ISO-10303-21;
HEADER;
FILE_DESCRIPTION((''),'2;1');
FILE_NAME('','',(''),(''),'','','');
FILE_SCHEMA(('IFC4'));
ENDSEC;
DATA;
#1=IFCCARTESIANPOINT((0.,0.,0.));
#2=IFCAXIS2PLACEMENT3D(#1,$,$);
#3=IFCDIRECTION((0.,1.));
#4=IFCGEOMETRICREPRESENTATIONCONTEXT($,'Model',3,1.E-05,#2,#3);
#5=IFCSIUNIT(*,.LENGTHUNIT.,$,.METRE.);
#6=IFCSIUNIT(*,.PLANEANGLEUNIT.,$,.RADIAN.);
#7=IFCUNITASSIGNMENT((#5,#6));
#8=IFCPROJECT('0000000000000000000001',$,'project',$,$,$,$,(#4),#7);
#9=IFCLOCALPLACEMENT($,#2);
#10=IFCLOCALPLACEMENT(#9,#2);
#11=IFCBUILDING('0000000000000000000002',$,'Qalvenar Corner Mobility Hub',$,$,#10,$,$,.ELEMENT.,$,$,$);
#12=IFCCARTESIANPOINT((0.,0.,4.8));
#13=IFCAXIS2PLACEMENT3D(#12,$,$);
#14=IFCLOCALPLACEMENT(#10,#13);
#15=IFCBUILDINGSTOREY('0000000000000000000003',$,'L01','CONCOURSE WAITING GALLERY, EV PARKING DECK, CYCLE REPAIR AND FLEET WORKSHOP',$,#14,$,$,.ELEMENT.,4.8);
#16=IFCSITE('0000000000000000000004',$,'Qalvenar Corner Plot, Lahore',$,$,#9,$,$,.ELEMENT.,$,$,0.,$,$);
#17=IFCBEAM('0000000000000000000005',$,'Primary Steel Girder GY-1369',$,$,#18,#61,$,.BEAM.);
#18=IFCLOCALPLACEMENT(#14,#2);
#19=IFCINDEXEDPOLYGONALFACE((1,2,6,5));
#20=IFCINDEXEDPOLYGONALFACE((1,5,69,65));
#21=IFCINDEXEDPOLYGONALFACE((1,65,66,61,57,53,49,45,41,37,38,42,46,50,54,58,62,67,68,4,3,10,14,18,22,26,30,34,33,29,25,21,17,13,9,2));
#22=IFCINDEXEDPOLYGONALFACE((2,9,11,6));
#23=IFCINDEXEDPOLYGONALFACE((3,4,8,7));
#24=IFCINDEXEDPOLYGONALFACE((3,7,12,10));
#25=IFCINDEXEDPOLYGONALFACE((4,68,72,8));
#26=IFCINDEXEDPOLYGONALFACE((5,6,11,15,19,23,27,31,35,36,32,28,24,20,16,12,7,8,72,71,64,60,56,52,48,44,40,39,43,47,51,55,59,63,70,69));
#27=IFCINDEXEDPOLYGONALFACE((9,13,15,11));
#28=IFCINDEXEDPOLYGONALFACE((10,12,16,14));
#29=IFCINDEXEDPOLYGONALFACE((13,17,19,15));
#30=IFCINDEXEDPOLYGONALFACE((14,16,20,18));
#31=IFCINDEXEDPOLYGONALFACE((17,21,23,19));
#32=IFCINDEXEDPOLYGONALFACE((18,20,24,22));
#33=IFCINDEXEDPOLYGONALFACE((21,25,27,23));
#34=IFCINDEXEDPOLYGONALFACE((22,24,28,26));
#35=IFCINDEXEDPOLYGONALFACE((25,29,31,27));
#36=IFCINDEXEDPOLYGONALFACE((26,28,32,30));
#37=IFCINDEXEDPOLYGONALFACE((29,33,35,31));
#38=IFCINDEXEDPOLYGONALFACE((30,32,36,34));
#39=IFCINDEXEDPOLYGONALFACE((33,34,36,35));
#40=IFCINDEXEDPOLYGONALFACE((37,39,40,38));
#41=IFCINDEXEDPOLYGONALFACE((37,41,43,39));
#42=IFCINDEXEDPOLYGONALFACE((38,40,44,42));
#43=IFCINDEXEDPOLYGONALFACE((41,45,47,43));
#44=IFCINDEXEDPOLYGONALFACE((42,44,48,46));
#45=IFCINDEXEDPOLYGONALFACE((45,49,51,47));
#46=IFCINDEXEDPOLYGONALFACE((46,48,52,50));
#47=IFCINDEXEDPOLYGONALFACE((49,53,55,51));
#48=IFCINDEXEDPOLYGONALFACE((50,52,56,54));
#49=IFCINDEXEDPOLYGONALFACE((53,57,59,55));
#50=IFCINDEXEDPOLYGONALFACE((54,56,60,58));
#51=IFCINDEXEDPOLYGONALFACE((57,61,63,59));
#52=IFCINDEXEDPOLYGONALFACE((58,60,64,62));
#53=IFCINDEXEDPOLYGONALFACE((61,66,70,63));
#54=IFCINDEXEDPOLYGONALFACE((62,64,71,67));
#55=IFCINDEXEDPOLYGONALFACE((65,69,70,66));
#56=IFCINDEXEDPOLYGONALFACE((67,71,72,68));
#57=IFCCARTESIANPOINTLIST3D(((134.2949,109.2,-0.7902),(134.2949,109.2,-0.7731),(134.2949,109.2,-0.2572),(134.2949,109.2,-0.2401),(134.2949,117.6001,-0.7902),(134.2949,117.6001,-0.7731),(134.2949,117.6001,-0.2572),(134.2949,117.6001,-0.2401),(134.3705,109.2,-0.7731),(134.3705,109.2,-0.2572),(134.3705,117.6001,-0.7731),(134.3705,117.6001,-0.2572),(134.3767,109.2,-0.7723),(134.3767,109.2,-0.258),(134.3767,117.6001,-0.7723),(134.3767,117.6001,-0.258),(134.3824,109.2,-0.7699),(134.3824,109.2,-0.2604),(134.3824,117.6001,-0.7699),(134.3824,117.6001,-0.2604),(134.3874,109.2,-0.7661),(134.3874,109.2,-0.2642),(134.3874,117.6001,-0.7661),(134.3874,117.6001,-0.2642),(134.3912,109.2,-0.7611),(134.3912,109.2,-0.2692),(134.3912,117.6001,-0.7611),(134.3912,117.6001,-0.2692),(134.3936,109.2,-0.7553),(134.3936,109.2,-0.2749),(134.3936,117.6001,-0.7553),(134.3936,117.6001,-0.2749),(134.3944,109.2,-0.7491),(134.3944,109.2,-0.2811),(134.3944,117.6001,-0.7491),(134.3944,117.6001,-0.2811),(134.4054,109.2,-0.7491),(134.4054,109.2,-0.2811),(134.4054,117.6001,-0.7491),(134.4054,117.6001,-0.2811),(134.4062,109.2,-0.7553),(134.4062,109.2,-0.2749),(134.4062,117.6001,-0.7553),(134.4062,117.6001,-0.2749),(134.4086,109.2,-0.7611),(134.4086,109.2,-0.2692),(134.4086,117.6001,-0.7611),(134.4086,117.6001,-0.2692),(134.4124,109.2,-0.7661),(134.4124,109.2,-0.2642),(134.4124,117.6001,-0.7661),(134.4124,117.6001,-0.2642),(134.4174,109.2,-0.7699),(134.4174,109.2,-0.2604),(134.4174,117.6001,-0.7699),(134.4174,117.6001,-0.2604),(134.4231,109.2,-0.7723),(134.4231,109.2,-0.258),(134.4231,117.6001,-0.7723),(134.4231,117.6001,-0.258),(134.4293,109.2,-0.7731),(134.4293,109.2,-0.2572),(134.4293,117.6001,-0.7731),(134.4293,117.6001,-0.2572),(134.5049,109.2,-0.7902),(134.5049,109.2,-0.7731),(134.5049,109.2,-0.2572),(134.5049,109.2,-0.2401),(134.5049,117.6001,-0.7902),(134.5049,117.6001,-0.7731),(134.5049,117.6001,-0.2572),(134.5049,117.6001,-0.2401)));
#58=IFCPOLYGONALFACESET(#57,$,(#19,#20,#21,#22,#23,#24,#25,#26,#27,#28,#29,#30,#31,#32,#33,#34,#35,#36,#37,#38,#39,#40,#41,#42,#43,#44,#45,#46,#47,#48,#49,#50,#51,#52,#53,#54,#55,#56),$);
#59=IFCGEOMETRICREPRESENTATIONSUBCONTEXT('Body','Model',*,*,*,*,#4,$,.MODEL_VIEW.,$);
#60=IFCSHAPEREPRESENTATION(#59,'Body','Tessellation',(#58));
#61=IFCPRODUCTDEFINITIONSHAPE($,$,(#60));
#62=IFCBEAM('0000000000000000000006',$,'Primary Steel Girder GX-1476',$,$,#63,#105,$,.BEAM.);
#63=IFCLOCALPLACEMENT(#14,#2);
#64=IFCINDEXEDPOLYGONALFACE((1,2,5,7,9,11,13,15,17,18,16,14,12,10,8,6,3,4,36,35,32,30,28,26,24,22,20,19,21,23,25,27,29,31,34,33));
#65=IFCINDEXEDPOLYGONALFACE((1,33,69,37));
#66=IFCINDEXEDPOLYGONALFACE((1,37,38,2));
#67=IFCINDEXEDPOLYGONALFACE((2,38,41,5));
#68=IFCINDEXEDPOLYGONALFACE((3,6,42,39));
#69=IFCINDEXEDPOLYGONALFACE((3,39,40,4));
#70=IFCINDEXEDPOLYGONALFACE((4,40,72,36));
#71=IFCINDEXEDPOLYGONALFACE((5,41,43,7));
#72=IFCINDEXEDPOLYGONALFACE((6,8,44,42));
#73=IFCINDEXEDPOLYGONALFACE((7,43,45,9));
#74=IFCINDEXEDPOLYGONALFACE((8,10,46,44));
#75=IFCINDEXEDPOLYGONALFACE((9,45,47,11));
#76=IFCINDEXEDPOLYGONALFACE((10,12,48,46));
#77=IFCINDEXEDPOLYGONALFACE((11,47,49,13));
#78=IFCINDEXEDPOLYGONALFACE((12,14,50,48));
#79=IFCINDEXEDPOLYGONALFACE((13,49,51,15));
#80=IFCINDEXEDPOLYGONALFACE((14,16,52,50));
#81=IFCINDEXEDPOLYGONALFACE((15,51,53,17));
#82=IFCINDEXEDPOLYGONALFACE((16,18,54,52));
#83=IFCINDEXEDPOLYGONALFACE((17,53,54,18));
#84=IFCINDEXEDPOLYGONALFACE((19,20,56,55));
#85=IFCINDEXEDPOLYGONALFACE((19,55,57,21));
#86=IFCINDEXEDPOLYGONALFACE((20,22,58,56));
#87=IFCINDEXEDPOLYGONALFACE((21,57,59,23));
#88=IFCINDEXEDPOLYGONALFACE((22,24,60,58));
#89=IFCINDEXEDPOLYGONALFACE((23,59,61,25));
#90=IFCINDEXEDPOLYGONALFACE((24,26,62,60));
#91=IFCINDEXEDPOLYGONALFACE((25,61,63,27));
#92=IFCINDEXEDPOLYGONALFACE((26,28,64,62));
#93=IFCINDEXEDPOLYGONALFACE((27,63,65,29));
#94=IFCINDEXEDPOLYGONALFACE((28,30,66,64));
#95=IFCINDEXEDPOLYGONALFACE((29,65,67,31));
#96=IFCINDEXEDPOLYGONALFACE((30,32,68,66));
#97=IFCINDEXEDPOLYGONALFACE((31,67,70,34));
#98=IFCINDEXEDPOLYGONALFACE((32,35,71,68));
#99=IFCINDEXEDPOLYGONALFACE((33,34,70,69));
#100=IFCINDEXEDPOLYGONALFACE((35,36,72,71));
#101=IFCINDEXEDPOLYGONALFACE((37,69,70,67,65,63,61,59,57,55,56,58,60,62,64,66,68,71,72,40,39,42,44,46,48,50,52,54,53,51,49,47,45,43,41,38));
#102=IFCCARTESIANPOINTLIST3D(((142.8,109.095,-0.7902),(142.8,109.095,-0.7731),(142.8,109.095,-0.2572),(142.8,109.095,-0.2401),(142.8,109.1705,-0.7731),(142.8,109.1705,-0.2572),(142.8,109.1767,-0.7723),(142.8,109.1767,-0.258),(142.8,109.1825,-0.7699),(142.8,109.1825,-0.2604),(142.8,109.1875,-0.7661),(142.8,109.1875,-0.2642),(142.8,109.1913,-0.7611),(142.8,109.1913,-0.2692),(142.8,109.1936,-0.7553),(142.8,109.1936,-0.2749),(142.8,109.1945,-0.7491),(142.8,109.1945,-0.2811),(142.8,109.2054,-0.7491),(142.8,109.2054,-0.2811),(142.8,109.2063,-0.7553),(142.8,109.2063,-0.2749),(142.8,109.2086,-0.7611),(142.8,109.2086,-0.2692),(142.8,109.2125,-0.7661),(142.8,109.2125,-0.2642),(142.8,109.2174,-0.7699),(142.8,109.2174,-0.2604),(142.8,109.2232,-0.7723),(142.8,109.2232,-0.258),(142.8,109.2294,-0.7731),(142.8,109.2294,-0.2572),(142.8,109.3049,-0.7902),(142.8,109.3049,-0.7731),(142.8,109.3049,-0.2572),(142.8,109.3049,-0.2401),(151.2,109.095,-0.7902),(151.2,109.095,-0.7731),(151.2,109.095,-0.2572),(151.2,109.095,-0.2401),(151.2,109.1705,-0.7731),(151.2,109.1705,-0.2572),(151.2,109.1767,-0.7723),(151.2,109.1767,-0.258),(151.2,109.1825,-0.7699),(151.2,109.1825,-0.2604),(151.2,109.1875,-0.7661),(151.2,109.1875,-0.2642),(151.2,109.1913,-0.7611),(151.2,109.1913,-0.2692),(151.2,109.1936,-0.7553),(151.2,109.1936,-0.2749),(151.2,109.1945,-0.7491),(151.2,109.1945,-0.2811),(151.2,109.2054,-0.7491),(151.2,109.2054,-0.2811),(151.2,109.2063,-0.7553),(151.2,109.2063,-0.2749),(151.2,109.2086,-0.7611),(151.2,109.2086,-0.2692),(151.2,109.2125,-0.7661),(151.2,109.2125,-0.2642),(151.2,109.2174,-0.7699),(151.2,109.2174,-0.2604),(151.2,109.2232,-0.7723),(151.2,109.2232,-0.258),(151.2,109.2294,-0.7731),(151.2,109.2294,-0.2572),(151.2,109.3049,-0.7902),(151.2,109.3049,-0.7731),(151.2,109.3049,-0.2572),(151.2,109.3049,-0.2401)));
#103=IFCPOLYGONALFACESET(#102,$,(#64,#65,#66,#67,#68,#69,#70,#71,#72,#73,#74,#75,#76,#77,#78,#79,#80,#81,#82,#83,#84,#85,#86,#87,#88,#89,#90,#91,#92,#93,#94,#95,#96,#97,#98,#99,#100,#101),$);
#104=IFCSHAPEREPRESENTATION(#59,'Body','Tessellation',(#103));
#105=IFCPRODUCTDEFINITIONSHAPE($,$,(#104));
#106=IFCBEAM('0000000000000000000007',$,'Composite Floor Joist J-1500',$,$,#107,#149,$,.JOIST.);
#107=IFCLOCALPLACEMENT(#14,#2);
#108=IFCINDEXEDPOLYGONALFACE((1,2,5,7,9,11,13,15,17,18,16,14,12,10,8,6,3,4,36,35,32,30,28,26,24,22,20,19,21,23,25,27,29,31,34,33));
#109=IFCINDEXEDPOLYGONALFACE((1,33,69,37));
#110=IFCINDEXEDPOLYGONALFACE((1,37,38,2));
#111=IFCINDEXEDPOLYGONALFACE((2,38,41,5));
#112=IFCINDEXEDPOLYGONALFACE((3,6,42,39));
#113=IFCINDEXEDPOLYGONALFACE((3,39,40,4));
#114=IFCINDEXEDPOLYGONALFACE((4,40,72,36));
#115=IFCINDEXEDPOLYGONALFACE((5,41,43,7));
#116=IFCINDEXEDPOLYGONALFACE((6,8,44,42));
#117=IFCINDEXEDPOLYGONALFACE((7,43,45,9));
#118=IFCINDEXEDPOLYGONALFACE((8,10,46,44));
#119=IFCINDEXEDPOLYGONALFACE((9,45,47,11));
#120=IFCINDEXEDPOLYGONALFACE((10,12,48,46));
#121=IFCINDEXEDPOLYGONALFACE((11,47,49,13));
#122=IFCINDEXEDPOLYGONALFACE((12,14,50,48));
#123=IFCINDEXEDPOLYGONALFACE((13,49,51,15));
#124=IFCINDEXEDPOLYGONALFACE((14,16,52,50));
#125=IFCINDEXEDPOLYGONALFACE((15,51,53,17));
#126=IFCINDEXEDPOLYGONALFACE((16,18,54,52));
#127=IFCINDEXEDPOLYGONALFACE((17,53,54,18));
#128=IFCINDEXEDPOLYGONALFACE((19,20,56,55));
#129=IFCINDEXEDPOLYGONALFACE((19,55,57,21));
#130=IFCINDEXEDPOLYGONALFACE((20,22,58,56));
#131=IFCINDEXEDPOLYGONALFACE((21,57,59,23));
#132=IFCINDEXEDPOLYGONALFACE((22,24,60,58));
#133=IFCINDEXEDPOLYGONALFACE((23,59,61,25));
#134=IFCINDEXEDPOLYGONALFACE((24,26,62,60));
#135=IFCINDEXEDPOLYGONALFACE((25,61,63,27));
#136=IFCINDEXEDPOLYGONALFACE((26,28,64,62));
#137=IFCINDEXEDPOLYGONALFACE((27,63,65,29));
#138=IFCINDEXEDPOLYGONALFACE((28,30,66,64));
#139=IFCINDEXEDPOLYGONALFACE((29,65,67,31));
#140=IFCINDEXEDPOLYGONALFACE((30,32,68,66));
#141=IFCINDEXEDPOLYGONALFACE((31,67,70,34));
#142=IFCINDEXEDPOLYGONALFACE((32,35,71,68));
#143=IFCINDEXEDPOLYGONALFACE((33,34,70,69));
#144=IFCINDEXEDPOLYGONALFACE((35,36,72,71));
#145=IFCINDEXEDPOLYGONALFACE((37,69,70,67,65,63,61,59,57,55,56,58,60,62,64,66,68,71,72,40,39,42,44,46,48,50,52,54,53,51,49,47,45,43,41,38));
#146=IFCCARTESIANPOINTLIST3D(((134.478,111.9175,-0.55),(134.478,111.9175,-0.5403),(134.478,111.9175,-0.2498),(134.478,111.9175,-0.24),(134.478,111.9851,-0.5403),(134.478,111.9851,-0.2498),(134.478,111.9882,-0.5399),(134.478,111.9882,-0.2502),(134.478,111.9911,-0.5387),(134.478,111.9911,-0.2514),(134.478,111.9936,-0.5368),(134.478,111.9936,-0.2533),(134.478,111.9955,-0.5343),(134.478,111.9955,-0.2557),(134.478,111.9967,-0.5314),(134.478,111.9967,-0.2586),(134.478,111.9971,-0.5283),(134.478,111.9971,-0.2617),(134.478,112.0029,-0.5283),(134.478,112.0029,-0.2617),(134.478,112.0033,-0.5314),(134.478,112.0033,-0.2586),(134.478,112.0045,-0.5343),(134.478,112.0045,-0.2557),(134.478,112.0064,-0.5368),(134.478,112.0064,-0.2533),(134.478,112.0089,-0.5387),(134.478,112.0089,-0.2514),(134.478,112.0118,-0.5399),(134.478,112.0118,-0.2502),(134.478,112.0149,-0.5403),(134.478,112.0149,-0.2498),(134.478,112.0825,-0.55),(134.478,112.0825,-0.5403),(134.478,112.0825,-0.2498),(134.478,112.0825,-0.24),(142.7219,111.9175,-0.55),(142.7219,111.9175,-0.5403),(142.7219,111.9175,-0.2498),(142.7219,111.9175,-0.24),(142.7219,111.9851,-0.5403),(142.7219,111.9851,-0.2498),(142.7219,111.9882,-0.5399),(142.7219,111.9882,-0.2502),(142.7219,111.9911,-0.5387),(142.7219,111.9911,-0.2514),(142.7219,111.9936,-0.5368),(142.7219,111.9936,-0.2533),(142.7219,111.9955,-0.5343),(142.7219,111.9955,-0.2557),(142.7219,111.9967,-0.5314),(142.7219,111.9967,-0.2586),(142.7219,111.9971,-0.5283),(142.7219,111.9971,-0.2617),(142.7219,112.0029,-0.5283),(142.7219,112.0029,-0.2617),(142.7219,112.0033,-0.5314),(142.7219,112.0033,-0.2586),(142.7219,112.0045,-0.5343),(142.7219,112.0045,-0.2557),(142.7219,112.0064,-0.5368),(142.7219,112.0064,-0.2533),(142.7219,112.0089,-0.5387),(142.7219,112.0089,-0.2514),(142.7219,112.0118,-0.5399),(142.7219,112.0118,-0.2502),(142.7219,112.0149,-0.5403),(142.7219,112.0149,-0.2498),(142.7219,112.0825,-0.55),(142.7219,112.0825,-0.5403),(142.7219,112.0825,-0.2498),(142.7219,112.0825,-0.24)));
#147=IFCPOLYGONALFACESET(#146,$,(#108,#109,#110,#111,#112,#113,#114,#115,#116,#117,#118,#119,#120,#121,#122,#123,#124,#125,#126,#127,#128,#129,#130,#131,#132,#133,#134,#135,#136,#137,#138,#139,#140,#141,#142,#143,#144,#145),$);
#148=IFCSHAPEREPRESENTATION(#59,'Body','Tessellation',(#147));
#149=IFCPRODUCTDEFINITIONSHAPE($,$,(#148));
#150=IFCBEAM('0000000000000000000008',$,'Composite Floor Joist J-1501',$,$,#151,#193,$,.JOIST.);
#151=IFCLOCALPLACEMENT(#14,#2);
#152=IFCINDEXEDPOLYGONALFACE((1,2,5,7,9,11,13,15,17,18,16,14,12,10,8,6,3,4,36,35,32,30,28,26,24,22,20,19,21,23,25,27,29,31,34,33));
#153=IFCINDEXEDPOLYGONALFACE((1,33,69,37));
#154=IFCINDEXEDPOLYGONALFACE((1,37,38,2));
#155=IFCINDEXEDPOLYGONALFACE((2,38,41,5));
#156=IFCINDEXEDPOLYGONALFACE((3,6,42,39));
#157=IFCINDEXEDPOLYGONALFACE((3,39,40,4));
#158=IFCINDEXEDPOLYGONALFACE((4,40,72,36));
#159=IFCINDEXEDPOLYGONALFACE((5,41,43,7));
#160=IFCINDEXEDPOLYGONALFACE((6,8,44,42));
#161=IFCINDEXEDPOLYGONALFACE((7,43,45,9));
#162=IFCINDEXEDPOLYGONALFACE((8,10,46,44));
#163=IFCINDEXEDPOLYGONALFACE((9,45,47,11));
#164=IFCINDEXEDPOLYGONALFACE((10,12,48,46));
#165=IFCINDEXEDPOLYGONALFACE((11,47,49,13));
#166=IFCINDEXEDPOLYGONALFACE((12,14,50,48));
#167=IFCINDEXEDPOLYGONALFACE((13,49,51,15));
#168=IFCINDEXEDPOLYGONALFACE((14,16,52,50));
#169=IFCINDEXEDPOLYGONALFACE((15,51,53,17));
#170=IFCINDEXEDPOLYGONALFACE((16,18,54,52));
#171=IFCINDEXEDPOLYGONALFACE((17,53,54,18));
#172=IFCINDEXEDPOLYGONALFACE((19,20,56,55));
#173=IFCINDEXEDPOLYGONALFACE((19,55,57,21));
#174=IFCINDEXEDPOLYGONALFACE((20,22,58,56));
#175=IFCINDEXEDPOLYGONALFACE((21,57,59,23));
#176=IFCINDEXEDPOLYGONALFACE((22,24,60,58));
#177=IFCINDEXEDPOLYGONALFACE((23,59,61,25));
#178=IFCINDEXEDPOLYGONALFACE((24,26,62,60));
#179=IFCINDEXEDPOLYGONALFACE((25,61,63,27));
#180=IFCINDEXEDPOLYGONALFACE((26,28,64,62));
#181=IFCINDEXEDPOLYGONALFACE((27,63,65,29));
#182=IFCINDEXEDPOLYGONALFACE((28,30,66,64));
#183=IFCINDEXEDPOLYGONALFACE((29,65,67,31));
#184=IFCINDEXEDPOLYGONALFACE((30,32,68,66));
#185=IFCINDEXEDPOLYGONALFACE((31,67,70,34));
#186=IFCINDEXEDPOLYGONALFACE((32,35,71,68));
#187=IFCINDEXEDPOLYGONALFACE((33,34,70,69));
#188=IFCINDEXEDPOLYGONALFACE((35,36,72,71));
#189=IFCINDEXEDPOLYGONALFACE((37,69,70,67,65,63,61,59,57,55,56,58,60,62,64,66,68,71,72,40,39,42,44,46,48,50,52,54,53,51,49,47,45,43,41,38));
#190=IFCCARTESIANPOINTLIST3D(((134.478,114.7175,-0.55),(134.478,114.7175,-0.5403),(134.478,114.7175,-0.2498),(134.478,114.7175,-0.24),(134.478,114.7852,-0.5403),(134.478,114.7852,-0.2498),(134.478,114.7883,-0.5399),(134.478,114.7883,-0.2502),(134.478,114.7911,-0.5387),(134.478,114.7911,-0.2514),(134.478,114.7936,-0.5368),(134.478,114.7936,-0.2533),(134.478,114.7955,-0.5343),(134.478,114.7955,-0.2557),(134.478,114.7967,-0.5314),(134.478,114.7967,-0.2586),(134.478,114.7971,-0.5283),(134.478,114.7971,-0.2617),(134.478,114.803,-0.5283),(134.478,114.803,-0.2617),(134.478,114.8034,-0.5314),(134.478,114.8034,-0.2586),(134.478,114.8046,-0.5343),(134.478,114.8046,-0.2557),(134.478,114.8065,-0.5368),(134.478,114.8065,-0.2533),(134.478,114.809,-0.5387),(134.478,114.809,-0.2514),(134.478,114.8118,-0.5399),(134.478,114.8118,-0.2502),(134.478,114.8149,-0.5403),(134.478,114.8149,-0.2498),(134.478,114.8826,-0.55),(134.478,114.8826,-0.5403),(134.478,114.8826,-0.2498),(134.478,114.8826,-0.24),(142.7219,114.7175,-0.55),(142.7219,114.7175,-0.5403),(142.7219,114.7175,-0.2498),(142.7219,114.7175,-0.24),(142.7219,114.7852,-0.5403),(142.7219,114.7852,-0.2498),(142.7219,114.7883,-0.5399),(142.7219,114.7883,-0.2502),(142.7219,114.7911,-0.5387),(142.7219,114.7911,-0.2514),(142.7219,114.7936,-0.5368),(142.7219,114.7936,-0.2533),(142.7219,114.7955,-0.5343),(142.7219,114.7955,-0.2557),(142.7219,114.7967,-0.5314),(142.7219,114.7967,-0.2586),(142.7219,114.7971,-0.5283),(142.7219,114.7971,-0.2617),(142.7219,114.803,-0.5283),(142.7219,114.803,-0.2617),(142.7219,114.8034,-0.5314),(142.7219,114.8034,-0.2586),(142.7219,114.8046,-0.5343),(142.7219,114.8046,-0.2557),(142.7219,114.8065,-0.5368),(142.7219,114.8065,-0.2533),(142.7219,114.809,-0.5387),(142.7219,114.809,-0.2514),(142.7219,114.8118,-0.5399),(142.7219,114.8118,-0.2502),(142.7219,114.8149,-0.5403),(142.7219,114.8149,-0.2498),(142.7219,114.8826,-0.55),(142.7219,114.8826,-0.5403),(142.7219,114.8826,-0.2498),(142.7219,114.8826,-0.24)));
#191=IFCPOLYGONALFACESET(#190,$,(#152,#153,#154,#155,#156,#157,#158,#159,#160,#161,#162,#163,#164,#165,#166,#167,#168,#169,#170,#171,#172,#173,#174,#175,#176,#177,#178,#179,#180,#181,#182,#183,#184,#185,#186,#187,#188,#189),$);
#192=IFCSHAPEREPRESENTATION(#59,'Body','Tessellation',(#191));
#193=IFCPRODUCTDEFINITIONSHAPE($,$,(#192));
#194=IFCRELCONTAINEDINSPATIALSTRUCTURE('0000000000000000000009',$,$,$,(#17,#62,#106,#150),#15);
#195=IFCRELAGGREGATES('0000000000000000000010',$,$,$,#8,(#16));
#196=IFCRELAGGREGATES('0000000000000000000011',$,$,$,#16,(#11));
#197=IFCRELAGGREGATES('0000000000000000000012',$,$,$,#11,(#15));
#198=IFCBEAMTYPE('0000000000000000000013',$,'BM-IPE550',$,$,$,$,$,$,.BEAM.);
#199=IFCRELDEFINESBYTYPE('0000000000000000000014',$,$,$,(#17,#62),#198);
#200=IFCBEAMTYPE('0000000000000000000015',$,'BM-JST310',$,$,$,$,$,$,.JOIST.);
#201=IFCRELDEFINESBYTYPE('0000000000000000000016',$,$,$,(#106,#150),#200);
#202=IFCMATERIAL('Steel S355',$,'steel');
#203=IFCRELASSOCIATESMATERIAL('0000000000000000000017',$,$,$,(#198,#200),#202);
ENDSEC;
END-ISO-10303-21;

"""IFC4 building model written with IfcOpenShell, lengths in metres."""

from ifc_helpers import new_model, si_unit, direction, frame, origin, origin_2d, place, context, subcontext, project, spatial, i_section, extrude, material, material_profile, profile_set, type_object, element, save


model = new_model("IFC4")

# Units and contexts
model_context = context("Model", 3, precision=1e-05, world=origin(), true_north=direction((0.0, 1.0)))
body_context = subcontext(model_context, "Body", "Model", "MODEL_VIEW")
ifc_project = project(units=[si_unit("LENGTHUNIT", "METRE"), si_unit("PLANEANGLEUNIT", "RADIAN")], contexts=[model_context])

# Site, building, storey
site_placement = place(None, origin())
site = spatial("IfcSite", under=ifc_project, at=site_placement, Name="Qalvenar Corner Plot, Lahore", CompositionType="ELEMENT", RefElevation=0.0)
building_placement = place(site_placement, origin())
building = spatial("IfcBuilding", under=site, at=building_placement, Name="Qalvenar Corner Mobility Hub", CompositionType="ELEMENT")
storey_placement = place(building_placement, frame((0.0, 0.0, 4.8)))
storey = spatial("IfcBuildingStorey", under=building, at=storey_placement, Name="L01", Description="CONCOURSE WAITING GALLERY, EV PARKING DECK, CYCLE REPAIR AND FLEET WORKSHOP", CompositionType="ELEMENT", Elevation=4.8)

# Shared definitions
ifc_material_1 = material(Name="Steel S355", Category="steel")

# Beams
ifc_material_profile_1 = material_profile(ifc_material_1, i_section(OverallWidth=0.21, OverallDepth=0.55, WebThickness=0.011, FlangeThickness=0.0171, FilletRadius=0.0239, at=origin_2d()), Name="IPE550")
ifc_profile_set_1 = profile_set([ifc_material_profile_1], Name="Steel S355")
beam_type_1 = type_object("IfcBeamType", Name="BM-IPE550", PredefinedType="BEAM", material=ifc_profile_set_1)
beam_1_placement = place(storey_placement, frame((134.3999, 109.2, -0.5151), z_axis=(0.0, 1.0, 0.0), x_axis=(-1.0, 0.0, 0.0)))
element("IfcBeam", 1, at=beam_1_placement, inside=storey, type_object=beam_type_1, Name="Primary Steel Girder GY-1369", PredefinedType="BEAM", context=body_context, shape_type="SweptSolid", body=[
    extrude(i_section(OverallWidth=0.21, OverallDepth=0.55, WebThickness=0.011, FlangeThickness=0.0171, FilletRadius=0.0239, at=origin_2d()), origin(), (0.0, 0.0, 1.0), 8.4001),
])
beam_2_placement = place(storey_placement, frame((142.8, 109.2, -0.5151), z_axis=(1.0, 0.0, 0.0), x_axis=(0.0, 1.0, 0.0)))
element("IfcBeam", 2, at=beam_2_placement, inside=storey, type_object=beam_type_1, Name="Primary Steel Girder GX-1476", PredefinedType="BEAM", context=body_context, shape_type="SweptSolid", body=[
    extrude(i_section(OverallWidth=0.21, OverallDepth=0.55, WebThickness=0.011, FlangeThickness=0.0171, FilletRadius=0.0239, at=origin_2d()), origin(), (0.0, 0.0, 1.0), 8.3999),
])
ifc_material_profile_2 = material_profile(ifc_material_1, i_section(OverallWidth=0.165, OverallDepth=0.3101, WebThickness=0.0059, FlangeThickness=0.0098, FilletRadius=0.012, at=origin_2d()), Name="W310x38.7")
ifc_profile_set_2 = profile_set([ifc_material_profile_2], Name="Steel S355")
beam_type_2 = type_object("IfcBeamType", Name="BM-JST310", PredefinedType="JOIST", material=ifc_profile_set_2)
for number, where, z_axis, x_axis, name in (
    (3, (134.478, 112.0, -0.395), (1.0, 0.0, 0.0), (0.0, 1.0, 0.0), "Composite Floor Joist J-1500"),
    (4, (134.478, 114.8, -0.395), (1.0, 0.0, 0.0), (0.0, 1.0, 0.0), "Composite Floor Joist J-1501"),
):
    element("IfcBeam", number, at=place(storey_placement, frame(where, z_axis=z_axis, x_axis=x_axis)), inside=storey, type_object=beam_type_2, Name=name, PredefinedType="JOIST", context=body_context, shape_type="SweptSolid", body=[
        extrude(i_section(OverallWidth=0.165, OverallDepth=0.3101, WebThickness=0.0059, FlangeThickness=0.0098, FilletRadius=0.012, at=origin_2d()), origin(), (0.0, 0.0, 1.0), 8.2439),
    ])

save(model, "model.ifc")
